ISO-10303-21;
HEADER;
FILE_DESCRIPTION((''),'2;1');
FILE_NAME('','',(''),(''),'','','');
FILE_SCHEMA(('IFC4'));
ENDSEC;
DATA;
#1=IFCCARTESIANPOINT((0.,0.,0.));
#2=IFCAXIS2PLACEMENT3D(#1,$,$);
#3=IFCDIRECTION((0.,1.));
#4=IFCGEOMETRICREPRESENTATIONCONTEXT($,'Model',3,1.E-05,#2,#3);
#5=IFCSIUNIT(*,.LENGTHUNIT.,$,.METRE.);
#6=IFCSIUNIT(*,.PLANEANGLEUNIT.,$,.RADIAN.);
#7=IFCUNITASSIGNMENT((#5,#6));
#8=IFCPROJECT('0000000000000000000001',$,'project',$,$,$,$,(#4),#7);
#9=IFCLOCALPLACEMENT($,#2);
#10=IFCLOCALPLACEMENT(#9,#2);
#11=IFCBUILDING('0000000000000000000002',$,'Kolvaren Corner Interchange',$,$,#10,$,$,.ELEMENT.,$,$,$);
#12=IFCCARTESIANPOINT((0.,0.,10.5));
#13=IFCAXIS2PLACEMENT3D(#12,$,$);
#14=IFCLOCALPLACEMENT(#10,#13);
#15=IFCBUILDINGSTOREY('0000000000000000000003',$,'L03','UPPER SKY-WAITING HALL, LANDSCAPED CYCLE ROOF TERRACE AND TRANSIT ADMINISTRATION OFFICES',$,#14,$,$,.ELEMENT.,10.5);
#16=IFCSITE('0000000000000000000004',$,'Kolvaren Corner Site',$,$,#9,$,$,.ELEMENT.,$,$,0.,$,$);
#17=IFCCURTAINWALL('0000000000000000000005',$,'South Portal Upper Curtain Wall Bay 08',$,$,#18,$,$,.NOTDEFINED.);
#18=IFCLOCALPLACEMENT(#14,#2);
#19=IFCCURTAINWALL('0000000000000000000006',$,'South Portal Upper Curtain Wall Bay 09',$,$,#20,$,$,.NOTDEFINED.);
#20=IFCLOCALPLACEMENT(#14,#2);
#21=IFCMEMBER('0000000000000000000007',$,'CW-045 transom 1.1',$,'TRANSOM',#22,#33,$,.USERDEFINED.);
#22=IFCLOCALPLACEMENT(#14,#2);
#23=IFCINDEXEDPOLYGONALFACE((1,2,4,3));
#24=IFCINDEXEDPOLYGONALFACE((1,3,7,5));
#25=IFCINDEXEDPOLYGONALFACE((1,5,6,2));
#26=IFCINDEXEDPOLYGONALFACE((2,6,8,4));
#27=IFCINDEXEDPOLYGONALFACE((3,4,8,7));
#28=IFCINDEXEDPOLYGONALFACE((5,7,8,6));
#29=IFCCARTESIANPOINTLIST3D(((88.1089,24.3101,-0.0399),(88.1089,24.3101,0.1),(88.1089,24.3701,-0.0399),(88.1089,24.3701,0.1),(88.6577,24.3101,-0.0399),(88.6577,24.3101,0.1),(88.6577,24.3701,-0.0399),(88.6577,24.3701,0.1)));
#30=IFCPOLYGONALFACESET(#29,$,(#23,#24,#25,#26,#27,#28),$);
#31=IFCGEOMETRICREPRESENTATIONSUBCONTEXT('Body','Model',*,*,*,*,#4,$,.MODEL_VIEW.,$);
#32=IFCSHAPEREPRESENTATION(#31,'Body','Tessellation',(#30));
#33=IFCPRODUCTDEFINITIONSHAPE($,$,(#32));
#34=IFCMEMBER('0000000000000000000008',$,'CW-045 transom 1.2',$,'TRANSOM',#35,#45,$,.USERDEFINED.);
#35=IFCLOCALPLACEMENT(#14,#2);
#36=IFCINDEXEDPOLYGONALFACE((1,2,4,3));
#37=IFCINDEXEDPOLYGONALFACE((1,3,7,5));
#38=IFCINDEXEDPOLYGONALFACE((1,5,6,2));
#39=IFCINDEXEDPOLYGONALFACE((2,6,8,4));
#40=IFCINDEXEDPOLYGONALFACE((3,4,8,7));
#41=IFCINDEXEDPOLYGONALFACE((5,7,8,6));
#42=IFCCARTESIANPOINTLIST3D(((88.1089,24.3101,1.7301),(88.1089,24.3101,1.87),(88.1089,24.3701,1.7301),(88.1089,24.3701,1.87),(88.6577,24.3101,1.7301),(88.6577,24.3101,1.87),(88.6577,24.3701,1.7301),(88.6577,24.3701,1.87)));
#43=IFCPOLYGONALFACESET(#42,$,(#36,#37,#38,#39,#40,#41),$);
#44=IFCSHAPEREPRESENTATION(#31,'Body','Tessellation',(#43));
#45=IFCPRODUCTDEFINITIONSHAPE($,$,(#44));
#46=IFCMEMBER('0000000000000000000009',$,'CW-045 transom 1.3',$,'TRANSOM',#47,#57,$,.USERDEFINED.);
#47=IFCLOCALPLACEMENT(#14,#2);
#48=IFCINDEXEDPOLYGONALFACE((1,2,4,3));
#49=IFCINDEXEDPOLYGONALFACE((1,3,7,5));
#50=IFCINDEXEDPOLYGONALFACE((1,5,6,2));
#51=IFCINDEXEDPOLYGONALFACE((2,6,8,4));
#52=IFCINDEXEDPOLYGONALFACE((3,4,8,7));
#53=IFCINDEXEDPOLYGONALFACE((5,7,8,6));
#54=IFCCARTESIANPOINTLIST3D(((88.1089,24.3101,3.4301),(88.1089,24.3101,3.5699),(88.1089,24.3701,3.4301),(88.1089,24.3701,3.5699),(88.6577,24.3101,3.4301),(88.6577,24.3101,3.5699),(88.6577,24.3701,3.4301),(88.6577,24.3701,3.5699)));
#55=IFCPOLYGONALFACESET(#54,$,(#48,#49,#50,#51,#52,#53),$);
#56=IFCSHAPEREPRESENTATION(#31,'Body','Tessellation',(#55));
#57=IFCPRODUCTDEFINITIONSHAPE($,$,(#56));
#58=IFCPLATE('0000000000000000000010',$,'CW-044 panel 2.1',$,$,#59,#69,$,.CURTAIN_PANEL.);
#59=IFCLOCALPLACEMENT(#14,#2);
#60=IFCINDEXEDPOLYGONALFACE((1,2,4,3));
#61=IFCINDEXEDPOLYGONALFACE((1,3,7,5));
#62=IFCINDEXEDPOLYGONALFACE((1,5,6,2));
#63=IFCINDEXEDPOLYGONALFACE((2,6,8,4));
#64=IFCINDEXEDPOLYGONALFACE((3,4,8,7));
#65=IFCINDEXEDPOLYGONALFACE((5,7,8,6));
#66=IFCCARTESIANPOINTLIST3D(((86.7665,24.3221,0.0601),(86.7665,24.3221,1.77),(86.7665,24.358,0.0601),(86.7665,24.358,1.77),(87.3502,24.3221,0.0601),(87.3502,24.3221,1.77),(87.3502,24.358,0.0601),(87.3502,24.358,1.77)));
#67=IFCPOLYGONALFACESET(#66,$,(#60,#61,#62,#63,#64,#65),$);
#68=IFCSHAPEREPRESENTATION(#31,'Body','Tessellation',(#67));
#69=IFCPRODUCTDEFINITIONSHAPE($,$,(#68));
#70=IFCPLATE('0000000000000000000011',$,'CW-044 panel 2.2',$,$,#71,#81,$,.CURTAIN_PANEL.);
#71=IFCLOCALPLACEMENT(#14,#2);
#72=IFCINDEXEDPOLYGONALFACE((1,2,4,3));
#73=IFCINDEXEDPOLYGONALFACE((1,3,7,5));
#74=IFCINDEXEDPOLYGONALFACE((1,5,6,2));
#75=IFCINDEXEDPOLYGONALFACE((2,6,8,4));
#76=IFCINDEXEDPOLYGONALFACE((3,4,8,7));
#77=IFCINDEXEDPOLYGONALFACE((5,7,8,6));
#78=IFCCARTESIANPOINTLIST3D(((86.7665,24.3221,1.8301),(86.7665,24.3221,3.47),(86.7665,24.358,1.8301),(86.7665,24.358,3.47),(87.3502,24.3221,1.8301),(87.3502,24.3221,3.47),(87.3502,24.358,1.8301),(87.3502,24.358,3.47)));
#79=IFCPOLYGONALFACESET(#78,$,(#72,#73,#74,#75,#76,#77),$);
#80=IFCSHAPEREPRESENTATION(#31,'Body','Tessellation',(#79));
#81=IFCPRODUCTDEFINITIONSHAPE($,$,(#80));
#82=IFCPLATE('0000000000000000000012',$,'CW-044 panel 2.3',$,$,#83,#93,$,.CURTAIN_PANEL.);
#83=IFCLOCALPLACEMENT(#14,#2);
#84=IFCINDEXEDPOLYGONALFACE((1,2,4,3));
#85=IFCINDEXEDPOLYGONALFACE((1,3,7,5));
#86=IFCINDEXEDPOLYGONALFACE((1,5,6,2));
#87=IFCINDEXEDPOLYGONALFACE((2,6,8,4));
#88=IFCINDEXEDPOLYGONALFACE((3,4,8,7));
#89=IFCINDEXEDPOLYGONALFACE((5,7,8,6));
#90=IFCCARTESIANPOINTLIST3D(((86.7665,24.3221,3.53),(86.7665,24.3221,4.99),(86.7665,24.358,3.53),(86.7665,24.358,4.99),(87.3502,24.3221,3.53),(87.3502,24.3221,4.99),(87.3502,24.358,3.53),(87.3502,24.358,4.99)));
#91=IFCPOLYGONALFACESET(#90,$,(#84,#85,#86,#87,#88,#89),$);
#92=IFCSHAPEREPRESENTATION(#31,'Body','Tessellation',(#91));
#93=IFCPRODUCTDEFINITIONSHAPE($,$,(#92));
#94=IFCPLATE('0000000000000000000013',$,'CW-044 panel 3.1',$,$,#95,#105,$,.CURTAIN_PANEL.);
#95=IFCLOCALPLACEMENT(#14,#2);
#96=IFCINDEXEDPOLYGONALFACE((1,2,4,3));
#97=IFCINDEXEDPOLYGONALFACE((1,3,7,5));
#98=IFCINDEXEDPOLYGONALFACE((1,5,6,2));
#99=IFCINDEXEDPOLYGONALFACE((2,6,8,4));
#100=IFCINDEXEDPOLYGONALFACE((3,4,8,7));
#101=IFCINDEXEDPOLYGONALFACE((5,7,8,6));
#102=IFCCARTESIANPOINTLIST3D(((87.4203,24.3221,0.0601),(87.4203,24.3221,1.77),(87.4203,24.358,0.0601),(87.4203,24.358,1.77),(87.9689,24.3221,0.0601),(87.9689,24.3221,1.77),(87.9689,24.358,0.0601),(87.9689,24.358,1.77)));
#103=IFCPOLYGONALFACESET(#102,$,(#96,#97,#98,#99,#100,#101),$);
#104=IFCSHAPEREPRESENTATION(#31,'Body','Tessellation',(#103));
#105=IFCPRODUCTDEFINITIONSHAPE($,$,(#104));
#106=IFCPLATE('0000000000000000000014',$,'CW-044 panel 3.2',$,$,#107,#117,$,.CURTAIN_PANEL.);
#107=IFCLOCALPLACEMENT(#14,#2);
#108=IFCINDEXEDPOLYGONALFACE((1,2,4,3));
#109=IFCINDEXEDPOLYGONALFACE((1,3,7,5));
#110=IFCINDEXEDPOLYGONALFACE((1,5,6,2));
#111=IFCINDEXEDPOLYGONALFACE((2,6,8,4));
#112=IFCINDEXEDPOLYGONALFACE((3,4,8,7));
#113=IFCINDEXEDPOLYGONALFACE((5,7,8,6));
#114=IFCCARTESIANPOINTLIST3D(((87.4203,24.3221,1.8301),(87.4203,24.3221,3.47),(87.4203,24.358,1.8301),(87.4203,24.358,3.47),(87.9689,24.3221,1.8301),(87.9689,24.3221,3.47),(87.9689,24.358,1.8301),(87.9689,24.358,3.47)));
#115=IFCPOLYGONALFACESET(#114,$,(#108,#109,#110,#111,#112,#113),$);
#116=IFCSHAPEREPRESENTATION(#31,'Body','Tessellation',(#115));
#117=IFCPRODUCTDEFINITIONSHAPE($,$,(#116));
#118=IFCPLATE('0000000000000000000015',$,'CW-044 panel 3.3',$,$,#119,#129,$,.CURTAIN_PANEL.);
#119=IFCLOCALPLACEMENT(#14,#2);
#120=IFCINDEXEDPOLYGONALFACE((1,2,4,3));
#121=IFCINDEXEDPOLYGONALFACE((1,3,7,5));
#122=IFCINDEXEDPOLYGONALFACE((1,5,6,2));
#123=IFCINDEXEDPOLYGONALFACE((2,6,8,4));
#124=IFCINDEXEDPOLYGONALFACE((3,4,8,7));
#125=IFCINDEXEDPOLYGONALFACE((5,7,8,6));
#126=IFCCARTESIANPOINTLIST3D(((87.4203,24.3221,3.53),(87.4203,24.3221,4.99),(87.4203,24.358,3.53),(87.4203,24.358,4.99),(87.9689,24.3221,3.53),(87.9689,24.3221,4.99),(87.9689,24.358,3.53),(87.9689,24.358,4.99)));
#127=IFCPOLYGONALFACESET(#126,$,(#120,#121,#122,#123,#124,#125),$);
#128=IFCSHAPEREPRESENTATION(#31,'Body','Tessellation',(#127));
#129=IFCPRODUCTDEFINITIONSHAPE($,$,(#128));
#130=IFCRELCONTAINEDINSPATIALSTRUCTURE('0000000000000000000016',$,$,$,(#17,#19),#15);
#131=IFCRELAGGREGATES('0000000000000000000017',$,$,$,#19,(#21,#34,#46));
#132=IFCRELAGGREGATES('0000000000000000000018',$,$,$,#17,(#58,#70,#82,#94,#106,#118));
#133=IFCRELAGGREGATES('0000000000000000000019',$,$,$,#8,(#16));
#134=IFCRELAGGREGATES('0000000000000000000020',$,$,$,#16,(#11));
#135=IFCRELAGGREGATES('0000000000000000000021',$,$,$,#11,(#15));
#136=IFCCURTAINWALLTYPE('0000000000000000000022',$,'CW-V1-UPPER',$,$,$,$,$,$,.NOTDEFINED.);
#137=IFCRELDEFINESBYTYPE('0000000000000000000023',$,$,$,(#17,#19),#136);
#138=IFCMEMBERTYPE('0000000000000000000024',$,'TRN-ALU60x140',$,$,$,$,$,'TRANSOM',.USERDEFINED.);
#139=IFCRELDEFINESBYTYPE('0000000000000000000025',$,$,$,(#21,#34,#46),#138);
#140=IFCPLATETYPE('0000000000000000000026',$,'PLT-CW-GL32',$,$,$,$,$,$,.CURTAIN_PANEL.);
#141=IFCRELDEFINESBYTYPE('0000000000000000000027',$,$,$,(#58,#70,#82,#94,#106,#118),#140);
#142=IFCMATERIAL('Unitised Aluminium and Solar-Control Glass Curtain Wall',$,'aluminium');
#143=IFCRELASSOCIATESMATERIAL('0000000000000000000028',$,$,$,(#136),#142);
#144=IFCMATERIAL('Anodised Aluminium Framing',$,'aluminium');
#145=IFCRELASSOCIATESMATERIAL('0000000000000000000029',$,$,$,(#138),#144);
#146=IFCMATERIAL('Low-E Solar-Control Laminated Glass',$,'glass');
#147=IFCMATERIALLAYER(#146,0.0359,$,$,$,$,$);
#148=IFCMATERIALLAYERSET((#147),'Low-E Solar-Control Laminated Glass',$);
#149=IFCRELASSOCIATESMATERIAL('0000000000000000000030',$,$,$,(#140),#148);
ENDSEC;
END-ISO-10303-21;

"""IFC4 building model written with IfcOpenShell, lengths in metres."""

from ifc_helpers import new_model, si_unit, direction, frame, origin, origin_2d, place, context, subcontext, project, spatial, rectangle, extrude, material, layer, layer_set, material_profile, profile_set, type_object, element, aggregate, save


model = new_model("IFC4")

# Units and contexts
model_context = context("Model", 3, precision=1e-05, world=origin(), true_north=direction((0.0, 1.0)))
body_context = subcontext(model_context, "Body", "Model", "MODEL_VIEW")
ifc_project = project(units=[si_unit("LENGTHUNIT", "METRE"), si_unit("PLANEANGLEUNIT", "RADIAN")], contexts=[model_context])

# Site, building, storey
site_placement = place(None, origin())
site = spatial("IfcSite", under=ifc_project, at=site_placement, Name="Kolvaren Corner Site", CompositionType="ELEMENT", RefElevation=0.0)
building_placement = place(site_placement, origin())
building = spatial("IfcBuilding", under=site, at=building_placement, Name="Kolvaren Corner Interchange", CompositionType="ELEMENT")
storey_placement = place(building_placement, frame((0.0, 0.0, 10.5)))
storey = spatial("IfcBuildingStorey", under=building, at=storey_placement, Name="L03", Description="UPPER SKY-WAITING HALL, LANDSCAPED CYCLE ROOF TERRACE AND TRANSIT ADMINISTRATION OFFICES", CompositionType="ELEMENT", Elevation=10.5)

# Curtain wall
ifc_material_1 = material(Name="Unitised Aluminium and Solar-Control Glass Curtain Wall", Category="aluminium")
curtain_wall_type = type_object("IfcCurtainWallType", Name="CW-V1-UPPER", PredefinedType="NOTDEFINED", material=ifc_material_1)
curtain_wall_1_placement = place(storey_placement, origin())
curtain_wall_1 = element("IfcCurtainWall", 1, at=curtain_wall_1_placement, inside=storey, type_object=curtain_wall_type, Name="South Portal Upper Curtain Wall Bay 08", PredefinedType="NOTDEFINED")

# Curtain wall
curtain_wall_2_placement = place(storey_placement, origin())
curtain_wall_2 = element("IfcCurtainWall", 2, at=curtain_wall_2_placement, inside=storey, type_object=curtain_wall_type, Name="South Portal Upper Curtain Wall Bay 09", PredefinedType="NOTDEFINED")

# Members
ifc_material_2 = material(Name="Anodised Aluminium Framing", Category="aluminium")
ifc_material_profile_1 = material_profile(ifc_material_2, rectangle(XDim=0.0601, YDim=0.1399, at=origin_2d()), Name="ALU 60x140")
ifc_profile_set_1 = profile_set([ifc_material_profile_1], Name="Anodised Aluminium Framing")
member_type_1 = type_object("IfcMemberType", Name="TRN-ALU60x140", ElementType="TRANSOM", PredefinedType="USERDEFINED", material=ifc_profile_set_1)
member_1_placement = place(storey_placement, frame((88.1089, 24.3401, 0.03), z_axis=(1.0, 0.0, 0.0), x_axis=(0.0, 1.0, 0.0)))
member_1 = element("IfcMember", 3, at=member_1_placement, type_object=member_type_1, Name="CW-045 transom 1.1", ObjectType="TRANSOM", PredefinedType="USERDEFINED", context=body_context, shape_type="SweptSolid", body=[
    extrude(rectangle(XDim=0.0601, YDim=0.1399, at=origin_2d()), origin(), (0.0, 0.0, 1.0), 0.5488),
])
member_2_placement = place(storey_placement, frame((88.1089, 24.3401, 1.8), z_axis=(1.0, 0.0, 0.0), x_axis=(0.0, 1.0, 0.0)))
member_2 = element("IfcMember", 4, at=member_2_placement, type_object=member_type_1, Name="CW-045 transom 1.2", ObjectType="TRANSOM", PredefinedType="USERDEFINED", context=body_context, shape_type="SweptSolid", body=[
    extrude(rectangle(XDim=0.0601, YDim=0.1399, at=origin_2d()), origin(), (0.0, 0.0, 1.0), 0.5488),
])
member_3_placement = place(storey_placement, frame((88.1089, 24.3401, 3.5), z_axis=(1.0, 0.0, 0.0), x_axis=(0.0, 1.0, 0.0)))
member_3 = element("IfcMember", 5, at=member_3_placement, type_object=member_type_1, Name="CW-045 transom 1.3", ObjectType="TRANSOM", PredefinedType="USERDEFINED", context=body_context, shape_type="SweptSolid", body=[
    extrude(rectangle(XDim=0.0601, YDim=0.1399, at=origin_2d()), origin(), (0.0, 0.0, 1.0), 0.5488),
])
aggregate(curtain_wall_2, [member_1, member_2, member_3])

# Plates
ifc_material_3 = material(Name="Low-E Solar-Control Laminated Glass", Category="glass")
ifc_layer = layer(ifc_material_3, 0.0359)
ifc_layer_set = layer_set([ifc_layer], Name="Low-E Solar-Control Laminated Glass")
plate_type = type_object("IfcPlateType", Name="PLT-CW-GL32", PredefinedType="CURTAIN_PANEL", material=ifc_layer_set)
plate_1_placement = place(storey_placement, frame((87.0583, 24.3401, 0.0601), z_axis=(0.0, 0.0, 1.0), x_axis=(1.0, 0.0, 0.0)))
plate_1 = element("IfcPlate", 6, at=plate_1_placement, type_object=plate_type, Name="CW-044 panel 2.1", PredefinedType="CURTAIN_PANEL", context=body_context, shape_type="SweptSolid", body=[
    extrude(rectangle(XDim=0.5837, YDim=0.0359, at=origin_2d()), origin(), (0.0, 0.0, 1.0), 1.71),
])
plate_2_placement = place(storey_placement, frame((87.0583, 24.3401, 1.8301), z_axis=(0.0, 0.0, 1.0), x_axis=(1.0, 0.0, 0.0)))
plate_2 = element("IfcPlate", 7, at=plate_2_placement, type_object=plate_type, Name="CW-044 panel 2.2", PredefinedType="CURTAIN_PANEL", context=body_context, shape_type="SweptSolid", body=[
    extrude(rectangle(XDim=0.5837, YDim=0.0359, at=origin_2d()), origin(), (0.0, 0.0, 1.0), 1.6399),
])
plate_3_placement = place(storey_placement, frame((87.0583, 24.3401, 3.53), z_axis=(0.0, 0.0, 1.0), x_axis=(1.0, 0.0, 0.0)))
plate_3 = element("IfcPlate", 8, at=plate_3_placement, type_object=plate_type, Name="CW-044 panel 2.3", PredefinedType="CURTAIN_PANEL", context=body_context, shape_type="SweptSolid", body=[
    extrude(rectangle(XDim=0.5837, YDim=0.0359, at=origin_2d()), origin(), (0.0, 0.0, 1.0), 1.46),
])
plate_4_placement = place(storey_placement, frame((87.6946, 24.3401, 0.0601), z_axis=(0.0, 0.0, 1.0), x_axis=(1.0, 0.0, 0.0)))
plate_4 = element("IfcPlate", 9, at=plate_4_placement, type_object=plate_type, Name="CW-044 panel 3.1", PredefinedType="CURTAIN_PANEL", context=body_context, shape_type="SweptSolid", body=[
    extrude(rectangle(XDim=0.5486, YDim=0.0359, at=origin_2d()), origin(), (0.0, 0.0, 1.0), 1.71),
])
plate_5_placement = place(storey_placement, frame((87.6946, 24.3401, 1.8301), z_axis=(0.0, 0.0, 1.0), x_axis=(1.0, 0.0, 0.0)))
plate_5 = element("IfcPlate", 10, at=plate_5_placement, type_object=plate_type, Name="CW-044 panel 3.2", PredefinedType="CURTAIN_PANEL", context=body_context, shape_type="SweptSolid", body=[
    extrude(rectangle(XDim=0.5486, YDim=0.0359, at=origin_2d()), origin(), (0.0, 0.0, 1.0), 1.6399),
])
plate_6_placement = place(storey_placement, frame((87.6946, 24.3401, 3.53), z_axis=(0.0, 0.0, 1.0), x_axis=(1.0, 0.0, 0.0)))
plate_6 = element("IfcPlate", 11, at=plate_6_placement, type_object=plate_type, Name="CW-044 panel 3.3", PredefinedType="CURTAIN_PANEL", context=body_context, shape_type="SweptSolid", body=[
    extrude(rectangle(XDim=0.5486, YDim=0.0359, at=origin_2d()), origin(), (0.0, 0.0, 1.0), 1.46),
])
aggregate(curtain_wall_1, [plate_1, plate_2, plate_3, plate_4, plate_5, plate_6])

save(model, "model.ifc")
